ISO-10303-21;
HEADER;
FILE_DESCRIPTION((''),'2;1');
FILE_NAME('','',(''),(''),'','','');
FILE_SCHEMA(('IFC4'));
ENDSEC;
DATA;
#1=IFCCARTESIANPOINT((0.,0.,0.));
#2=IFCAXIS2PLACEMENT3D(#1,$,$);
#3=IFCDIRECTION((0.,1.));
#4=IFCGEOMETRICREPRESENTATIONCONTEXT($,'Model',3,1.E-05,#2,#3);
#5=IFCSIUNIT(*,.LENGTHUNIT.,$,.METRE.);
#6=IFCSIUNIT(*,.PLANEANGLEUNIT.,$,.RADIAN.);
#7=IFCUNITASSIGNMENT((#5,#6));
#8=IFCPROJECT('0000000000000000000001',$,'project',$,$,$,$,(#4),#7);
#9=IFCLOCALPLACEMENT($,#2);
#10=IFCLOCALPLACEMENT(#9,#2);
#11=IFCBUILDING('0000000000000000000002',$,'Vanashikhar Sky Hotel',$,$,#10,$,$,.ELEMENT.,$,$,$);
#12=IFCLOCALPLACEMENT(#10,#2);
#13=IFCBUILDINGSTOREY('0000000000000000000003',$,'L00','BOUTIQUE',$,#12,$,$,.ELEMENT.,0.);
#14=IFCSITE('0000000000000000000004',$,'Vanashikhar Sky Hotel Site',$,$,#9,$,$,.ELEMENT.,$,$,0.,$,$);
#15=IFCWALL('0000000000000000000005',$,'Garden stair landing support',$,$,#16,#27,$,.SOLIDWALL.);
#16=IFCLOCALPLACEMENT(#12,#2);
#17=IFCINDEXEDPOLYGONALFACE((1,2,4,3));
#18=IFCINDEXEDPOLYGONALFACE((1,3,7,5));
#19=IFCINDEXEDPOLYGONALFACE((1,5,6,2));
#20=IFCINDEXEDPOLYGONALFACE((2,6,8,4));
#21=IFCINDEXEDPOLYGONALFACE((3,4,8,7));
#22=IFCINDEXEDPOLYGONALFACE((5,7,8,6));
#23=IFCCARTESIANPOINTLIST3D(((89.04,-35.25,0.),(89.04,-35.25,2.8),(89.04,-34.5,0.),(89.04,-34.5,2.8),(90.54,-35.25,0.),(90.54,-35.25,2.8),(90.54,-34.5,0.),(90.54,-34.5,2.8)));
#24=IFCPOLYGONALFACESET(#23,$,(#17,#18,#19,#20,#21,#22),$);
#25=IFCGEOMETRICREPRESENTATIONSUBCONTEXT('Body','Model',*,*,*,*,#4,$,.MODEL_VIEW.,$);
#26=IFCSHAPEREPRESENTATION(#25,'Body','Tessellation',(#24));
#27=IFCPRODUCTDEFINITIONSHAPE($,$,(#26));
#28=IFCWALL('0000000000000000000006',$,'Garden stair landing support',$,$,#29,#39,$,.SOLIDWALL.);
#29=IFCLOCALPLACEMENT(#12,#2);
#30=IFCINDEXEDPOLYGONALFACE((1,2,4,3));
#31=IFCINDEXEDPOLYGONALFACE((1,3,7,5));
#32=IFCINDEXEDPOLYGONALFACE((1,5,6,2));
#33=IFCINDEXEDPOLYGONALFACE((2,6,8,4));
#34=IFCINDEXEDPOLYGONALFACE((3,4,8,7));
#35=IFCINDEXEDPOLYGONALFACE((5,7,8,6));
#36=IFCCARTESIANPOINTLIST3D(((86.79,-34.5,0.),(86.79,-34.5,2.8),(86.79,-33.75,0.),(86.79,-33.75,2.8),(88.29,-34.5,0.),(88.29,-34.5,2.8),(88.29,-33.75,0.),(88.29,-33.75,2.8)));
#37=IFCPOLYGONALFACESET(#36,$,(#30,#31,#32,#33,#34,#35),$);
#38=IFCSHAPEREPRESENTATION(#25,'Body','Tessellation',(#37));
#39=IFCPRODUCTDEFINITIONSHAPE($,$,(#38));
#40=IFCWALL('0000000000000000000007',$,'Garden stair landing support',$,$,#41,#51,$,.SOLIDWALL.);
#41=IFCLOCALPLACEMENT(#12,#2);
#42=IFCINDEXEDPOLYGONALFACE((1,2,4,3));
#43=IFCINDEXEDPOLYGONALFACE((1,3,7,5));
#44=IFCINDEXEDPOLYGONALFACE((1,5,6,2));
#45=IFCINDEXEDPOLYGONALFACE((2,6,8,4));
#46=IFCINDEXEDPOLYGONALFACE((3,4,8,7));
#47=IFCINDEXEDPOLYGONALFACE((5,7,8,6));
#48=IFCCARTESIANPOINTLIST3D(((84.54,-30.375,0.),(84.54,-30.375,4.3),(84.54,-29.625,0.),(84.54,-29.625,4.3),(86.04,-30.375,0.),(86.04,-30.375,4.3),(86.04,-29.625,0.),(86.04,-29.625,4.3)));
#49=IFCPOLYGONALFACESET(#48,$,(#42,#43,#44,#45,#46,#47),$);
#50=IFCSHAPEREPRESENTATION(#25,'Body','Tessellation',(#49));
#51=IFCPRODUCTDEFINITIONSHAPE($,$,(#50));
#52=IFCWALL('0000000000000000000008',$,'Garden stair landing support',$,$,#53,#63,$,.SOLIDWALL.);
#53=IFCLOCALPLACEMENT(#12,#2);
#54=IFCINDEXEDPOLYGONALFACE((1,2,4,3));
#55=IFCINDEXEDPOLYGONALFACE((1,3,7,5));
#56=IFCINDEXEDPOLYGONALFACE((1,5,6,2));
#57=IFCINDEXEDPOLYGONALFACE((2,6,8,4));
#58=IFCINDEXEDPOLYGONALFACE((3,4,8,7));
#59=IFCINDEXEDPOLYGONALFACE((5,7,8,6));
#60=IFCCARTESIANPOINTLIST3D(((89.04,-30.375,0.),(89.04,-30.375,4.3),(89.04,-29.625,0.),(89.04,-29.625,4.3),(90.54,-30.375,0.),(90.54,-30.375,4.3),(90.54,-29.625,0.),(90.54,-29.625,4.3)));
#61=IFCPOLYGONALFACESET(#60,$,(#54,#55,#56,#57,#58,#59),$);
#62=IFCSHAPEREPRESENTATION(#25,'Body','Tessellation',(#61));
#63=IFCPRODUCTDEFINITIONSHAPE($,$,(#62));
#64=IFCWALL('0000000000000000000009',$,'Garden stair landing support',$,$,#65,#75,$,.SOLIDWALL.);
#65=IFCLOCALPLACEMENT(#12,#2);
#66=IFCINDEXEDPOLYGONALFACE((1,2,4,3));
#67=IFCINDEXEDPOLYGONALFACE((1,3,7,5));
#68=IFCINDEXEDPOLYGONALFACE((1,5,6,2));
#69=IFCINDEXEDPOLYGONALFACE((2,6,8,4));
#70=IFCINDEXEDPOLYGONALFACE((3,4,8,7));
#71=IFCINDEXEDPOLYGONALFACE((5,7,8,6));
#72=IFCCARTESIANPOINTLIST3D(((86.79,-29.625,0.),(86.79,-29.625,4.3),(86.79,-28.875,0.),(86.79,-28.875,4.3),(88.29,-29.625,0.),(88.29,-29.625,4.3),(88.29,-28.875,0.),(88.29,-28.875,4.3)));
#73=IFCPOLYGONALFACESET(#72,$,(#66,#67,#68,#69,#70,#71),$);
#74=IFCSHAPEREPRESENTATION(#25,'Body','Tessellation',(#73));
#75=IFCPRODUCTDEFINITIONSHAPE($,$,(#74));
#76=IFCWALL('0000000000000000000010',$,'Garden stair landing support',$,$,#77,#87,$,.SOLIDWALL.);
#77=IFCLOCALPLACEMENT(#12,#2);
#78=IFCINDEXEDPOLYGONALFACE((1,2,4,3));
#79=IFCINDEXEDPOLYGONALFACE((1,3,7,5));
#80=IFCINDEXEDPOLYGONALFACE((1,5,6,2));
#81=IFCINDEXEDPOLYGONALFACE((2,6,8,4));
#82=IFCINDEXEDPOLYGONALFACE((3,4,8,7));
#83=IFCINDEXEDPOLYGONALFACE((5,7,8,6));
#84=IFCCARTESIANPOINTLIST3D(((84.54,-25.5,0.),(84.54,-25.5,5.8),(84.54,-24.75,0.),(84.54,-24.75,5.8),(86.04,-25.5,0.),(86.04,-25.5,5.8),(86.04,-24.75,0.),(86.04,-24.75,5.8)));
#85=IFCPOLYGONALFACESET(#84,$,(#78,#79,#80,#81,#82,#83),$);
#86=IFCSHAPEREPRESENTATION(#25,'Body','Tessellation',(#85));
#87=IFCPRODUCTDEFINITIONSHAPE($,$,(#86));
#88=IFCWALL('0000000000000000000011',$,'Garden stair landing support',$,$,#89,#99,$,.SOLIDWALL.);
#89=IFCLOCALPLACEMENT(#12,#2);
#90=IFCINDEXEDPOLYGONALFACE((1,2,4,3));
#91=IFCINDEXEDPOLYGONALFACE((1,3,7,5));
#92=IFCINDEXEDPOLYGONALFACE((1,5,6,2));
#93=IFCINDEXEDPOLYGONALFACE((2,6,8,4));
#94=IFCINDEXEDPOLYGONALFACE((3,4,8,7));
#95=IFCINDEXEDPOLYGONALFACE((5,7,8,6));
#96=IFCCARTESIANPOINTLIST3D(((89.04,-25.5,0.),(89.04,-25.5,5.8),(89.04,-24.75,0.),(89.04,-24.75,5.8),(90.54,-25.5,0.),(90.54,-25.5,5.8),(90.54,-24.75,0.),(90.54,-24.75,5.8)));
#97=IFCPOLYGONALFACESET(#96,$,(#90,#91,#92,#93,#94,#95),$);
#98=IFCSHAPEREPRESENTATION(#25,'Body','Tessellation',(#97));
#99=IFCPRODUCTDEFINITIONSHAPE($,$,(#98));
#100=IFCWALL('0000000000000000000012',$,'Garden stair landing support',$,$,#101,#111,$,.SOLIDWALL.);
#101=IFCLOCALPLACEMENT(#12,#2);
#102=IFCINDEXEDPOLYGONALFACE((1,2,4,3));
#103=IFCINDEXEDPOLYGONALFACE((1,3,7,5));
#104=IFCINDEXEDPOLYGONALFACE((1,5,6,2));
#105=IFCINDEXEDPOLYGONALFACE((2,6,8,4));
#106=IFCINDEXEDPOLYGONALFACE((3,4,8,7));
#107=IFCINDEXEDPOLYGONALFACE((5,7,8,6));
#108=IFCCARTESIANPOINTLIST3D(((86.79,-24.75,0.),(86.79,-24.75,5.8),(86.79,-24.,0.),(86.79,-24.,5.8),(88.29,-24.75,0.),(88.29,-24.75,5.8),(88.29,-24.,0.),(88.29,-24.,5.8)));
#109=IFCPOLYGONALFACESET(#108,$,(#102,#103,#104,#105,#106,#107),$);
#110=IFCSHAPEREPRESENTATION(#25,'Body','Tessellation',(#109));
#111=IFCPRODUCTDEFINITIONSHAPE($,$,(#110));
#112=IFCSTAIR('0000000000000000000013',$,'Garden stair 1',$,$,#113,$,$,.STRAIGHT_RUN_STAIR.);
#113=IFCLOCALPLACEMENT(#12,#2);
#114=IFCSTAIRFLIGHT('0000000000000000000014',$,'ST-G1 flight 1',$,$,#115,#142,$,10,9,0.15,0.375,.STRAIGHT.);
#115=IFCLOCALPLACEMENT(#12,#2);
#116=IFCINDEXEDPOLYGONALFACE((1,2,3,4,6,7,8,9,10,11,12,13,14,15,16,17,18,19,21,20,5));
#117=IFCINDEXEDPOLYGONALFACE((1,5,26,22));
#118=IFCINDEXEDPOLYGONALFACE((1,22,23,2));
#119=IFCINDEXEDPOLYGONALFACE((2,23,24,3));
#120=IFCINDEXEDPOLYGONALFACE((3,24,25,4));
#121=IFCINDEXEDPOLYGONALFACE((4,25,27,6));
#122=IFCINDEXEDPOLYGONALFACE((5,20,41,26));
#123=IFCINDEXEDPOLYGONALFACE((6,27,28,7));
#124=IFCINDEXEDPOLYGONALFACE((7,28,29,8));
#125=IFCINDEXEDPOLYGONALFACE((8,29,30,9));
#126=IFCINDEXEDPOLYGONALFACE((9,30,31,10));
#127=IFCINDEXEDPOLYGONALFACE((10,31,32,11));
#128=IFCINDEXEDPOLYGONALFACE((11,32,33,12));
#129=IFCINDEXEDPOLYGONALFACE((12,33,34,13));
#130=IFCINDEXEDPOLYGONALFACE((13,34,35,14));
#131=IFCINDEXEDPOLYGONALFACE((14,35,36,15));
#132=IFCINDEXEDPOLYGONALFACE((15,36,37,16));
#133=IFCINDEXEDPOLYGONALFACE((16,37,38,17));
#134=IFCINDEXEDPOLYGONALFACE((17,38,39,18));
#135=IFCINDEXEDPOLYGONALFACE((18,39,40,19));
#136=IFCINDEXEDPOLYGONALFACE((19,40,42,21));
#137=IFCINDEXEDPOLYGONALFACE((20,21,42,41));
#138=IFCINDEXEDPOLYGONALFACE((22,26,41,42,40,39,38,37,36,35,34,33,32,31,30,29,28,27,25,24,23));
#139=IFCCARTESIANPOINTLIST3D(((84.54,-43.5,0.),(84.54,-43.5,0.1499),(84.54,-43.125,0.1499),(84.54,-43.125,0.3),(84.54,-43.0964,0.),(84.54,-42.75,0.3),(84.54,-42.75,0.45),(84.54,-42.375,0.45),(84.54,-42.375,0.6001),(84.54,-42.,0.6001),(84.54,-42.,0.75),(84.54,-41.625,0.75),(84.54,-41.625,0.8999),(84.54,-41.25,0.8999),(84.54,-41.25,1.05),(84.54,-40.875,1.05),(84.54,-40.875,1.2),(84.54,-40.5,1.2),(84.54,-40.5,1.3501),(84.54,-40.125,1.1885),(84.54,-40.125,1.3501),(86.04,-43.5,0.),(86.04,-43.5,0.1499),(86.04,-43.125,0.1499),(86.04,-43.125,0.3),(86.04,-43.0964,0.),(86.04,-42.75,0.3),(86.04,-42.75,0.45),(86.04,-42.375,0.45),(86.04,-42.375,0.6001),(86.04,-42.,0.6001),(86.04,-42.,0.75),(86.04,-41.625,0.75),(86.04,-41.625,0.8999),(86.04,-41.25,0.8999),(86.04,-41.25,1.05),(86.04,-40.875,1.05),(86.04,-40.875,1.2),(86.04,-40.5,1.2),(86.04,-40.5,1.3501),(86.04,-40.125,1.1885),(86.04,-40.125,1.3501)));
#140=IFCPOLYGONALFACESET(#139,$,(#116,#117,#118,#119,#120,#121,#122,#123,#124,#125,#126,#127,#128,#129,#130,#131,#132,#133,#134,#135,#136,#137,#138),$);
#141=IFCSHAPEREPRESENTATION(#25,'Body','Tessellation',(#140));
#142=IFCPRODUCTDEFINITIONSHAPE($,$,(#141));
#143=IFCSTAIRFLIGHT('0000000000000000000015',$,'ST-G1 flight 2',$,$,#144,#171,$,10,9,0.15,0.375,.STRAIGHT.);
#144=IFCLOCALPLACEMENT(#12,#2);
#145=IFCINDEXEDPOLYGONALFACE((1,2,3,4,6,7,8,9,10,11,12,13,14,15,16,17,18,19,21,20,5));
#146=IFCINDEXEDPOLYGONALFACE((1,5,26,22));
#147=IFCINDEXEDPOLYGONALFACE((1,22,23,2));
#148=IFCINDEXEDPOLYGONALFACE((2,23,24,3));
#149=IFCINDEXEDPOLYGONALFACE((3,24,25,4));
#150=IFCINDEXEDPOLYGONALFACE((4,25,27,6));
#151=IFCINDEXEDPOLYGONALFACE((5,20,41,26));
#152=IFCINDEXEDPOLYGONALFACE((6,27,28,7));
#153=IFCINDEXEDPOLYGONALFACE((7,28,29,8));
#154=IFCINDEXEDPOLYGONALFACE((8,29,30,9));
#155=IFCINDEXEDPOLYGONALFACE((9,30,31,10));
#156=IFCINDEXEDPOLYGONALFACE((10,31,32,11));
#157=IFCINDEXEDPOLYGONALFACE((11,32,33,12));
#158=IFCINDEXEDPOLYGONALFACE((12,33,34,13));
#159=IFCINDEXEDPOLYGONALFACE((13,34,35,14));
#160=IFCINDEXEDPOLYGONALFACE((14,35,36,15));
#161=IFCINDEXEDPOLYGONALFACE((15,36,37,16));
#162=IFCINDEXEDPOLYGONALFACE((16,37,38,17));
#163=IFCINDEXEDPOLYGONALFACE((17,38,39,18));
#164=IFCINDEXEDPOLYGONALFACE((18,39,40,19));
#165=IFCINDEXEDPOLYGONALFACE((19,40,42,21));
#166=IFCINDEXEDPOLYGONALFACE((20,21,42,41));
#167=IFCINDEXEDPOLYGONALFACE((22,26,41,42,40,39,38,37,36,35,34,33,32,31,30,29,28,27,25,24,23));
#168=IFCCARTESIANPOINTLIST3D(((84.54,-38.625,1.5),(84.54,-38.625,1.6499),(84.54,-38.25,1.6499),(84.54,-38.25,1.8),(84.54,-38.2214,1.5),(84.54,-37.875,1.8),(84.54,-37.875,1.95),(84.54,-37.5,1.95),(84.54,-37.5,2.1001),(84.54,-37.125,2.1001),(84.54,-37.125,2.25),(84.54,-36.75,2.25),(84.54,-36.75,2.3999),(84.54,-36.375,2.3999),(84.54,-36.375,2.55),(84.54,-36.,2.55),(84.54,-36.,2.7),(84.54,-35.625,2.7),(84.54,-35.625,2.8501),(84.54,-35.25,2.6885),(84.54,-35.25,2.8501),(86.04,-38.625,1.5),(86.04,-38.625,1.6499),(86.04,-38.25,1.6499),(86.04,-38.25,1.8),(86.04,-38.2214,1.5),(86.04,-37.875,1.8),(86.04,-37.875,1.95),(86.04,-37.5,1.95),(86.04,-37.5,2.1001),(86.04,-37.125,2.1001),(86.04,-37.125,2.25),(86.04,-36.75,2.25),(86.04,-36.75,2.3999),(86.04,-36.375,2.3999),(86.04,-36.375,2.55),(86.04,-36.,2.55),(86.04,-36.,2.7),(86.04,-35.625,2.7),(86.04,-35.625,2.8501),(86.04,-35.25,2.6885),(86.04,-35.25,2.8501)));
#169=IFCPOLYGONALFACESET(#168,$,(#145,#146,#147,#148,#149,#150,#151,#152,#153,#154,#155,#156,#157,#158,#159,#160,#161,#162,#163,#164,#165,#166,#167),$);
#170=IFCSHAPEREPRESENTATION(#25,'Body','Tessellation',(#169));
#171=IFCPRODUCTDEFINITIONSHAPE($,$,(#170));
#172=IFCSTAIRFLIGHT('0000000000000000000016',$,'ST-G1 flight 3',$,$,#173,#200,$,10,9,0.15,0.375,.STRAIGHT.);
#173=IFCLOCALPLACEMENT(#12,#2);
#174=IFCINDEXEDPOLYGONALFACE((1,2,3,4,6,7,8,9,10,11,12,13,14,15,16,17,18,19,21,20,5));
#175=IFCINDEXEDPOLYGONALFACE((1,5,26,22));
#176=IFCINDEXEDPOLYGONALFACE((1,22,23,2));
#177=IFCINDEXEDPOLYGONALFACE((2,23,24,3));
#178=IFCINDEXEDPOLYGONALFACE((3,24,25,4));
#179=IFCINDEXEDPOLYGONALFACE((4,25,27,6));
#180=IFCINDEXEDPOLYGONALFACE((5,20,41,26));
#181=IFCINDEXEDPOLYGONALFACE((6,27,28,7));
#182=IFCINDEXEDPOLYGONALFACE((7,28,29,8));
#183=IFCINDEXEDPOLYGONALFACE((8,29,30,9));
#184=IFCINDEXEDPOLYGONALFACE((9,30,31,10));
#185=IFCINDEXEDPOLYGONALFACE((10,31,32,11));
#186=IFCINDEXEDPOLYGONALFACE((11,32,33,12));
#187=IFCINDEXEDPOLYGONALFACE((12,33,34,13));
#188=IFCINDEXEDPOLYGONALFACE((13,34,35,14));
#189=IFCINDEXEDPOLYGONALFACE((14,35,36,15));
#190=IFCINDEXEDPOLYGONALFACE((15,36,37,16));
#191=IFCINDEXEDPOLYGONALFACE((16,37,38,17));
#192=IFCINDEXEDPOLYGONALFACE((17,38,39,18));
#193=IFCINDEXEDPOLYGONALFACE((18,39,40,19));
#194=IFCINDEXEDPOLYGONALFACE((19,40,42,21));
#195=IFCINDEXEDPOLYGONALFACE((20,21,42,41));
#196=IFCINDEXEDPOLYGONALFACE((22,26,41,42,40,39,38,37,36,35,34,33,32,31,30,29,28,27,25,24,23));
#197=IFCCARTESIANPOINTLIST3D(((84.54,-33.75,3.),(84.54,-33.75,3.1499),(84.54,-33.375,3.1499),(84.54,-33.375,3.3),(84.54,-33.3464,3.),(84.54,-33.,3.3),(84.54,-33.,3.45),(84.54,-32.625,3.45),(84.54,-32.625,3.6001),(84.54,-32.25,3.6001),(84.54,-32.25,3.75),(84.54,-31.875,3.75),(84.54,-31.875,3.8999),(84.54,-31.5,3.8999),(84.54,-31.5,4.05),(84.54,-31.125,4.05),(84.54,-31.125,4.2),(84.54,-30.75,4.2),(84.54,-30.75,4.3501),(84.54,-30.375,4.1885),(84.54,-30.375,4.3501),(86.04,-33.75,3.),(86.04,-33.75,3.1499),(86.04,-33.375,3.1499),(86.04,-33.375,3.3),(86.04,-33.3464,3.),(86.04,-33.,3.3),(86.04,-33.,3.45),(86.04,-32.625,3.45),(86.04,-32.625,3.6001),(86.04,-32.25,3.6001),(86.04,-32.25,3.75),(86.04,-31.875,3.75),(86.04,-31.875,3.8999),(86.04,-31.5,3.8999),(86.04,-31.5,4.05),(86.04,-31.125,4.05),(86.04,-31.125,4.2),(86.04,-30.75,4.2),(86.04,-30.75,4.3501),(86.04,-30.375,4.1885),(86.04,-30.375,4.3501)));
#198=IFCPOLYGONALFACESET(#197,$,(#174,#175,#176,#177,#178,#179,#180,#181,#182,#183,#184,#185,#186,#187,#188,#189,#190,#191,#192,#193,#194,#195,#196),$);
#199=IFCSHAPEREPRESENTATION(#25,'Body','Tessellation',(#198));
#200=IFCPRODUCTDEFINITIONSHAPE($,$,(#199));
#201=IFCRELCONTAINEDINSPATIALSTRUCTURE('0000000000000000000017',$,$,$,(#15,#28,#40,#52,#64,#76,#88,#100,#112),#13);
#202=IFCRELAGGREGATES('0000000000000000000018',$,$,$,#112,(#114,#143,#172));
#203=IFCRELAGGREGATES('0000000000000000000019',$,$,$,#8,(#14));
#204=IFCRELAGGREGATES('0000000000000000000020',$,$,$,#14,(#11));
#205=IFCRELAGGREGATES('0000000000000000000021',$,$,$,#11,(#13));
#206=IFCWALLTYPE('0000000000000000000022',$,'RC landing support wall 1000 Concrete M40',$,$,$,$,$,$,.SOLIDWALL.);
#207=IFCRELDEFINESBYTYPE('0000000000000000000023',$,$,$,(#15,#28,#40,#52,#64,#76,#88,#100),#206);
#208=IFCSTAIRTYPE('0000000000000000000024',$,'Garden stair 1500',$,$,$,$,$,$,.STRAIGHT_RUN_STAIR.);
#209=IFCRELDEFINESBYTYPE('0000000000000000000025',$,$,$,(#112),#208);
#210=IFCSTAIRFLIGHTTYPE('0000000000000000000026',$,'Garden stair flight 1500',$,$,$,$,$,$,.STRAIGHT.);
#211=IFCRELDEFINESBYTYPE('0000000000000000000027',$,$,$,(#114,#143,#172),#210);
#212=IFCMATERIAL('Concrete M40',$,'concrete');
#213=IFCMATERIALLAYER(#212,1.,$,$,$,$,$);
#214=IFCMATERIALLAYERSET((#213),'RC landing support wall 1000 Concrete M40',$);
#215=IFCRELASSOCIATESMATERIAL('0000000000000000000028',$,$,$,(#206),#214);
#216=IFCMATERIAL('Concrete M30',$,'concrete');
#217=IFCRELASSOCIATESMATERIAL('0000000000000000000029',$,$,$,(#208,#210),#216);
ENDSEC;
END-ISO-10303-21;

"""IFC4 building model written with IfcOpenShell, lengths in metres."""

from ifc_helpers import new_model, si_unit, direction, frame, frame_2d, origin, place, context, subcontext, project, spatial, polyline, rectangle, outline, extrude, source, transform, mapped, material, layer, layer_set, type_object, element, aggregate, save


model = new_model("IFC4")

# Units and contexts
model_context = context("Model", 3, precision=1e-05, world=origin(), true_north=direction((0.0, 1.0)))
body_context = subcontext(model_context, "Body", "Model", "MODEL_VIEW")
ifc_project = project(units=[si_unit("LENGTHUNIT", "METRE"), si_unit("PLANEANGLEUNIT", "RADIAN")], contexts=[model_context])

# Site, building, storey
site_placement = place(None, origin())
site = spatial("IfcSite", under=ifc_project, at=site_placement, Name="Vanashikhar Sky Hotel Site", CompositionType="ELEMENT", RefElevation=0.0)
building_placement = place(site_placement, origin())
building = spatial("IfcBuilding", under=site, at=building_placement, Name="Vanashikhar Sky Hotel", CompositionType="ELEMENT")
storey_placement = place(building_placement, origin())
storey = spatial("IfcBuildingStorey", under=building, at=storey_placement, Name="L00", Description="BOUTIQUE", CompositionType="ELEMENT", Elevation=0.0)

# Shared definitions
ifc_material_1 = material(Name="Concrete M40", Category="concrete")

# Walls
ifc_layer = layer(ifc_material_1, 1.0)
ifc_layer_set = layer_set([ifc_layer], Name="RC landing support wall 1000 Concrete M40")
wall_type = type_object("IfcWallType", Name="RC landing support wall 1000 Concrete M40", PredefinedType="SOLIDWALL", material=ifc_layer_set)
shared_shape_1 = source(origin(), body_context, "Body", "SweptSolid", [
    extrude(rectangle(XDim=1.5, YDim=0.75, at=frame_2d((0.75, 0.0))), origin(), (0.0, 0.0, 1.0), 2.8),
])
for number, where, z_axis, x_axis, name in (
    (1, (89.04, -34.875, 0.0), (0.0, 0.0, 1.0), (1.0, 0.0, 0.0), "Garden stair landing support"),
    (2, (86.79, -34.125, 0.0), (0.0, 0.0, 1.0), (1.0, 0.0, 0.0), "Garden stair landing support"),
):
    element("IfcWall", number, at=place(storey_placement, frame(where, z_axis=z_axis, x_axis=x_axis)), inside=storey, type_object=wall_type, Name=name, PredefinedType="SOLIDWALL", context=body_context, shape_type="MappedRepresentation", body=[
        mapped(shared_shape_1, transform((0.0, 0.0, 0.0), scale=1.0)),
    ])
shared_shape_2 = source(origin(), body_context, "Body", "SweptSolid", [
    extrude(rectangle(XDim=1.5, YDim=0.75, at=frame_2d((0.75, 0.0))), origin(), (0.0, 0.0, 1.0), 4.3),
])
for number, where, z_axis, x_axis, name in (
    (3, (84.54, -30.0, 0.0), (0.0, 0.0, 1.0), (1.0, 0.0, 0.0), "Garden stair landing support"),
    (4, (89.04, -30.0, 0.0), (0.0, 0.0, 1.0), (1.0, 0.0, 0.0), "Garden stair landing support"),
    (5, (86.79, -29.25, 0.0), (0.0, 0.0, 1.0), (1.0, 0.0, 0.0), "Garden stair landing support"),
):
    element("IfcWall", number, at=place(storey_placement, frame(where, z_axis=z_axis, x_axis=x_axis)), inside=storey, type_object=wall_type, Name=name, PredefinedType="SOLIDWALL", context=body_context, shape_type="MappedRepresentation", body=[
        mapped(shared_shape_2, transform((0.0, 0.0, 0.0), scale=1.0)),
    ])
shared_shape_3 = source(origin(), body_context, "Body", "SweptSolid", [
    extrude(rectangle(XDim=1.5, YDim=0.75, at=frame_2d((0.75, 0.0))), origin(), (0.0, 0.0, 1.0), 5.8),
])
for number, where, z_axis, x_axis, name in (
    (6, (84.54, -25.125, 0.0), (0.0, 0.0, 1.0), (1.0, 0.0, 0.0), "Garden stair landing support"),
    (7, (89.04, -25.125, 0.0), (0.0, 0.0, 1.0), (1.0, 0.0, 0.0), "Garden stair landing support"),
    (8, (86.79, -24.375, 0.0), (0.0, 0.0, 1.0), (1.0, 0.0, 0.0), "Garden stair landing support"),
):
    element("IfcWall", number, at=place(storey_placement, frame(where, z_axis=z_axis, x_axis=x_axis)), inside=storey, type_object=wall_type, Name=name, PredefinedType="SOLIDWALL", context=body_context, shape_type="MappedRepresentation", body=[
        mapped(shared_shape_3, transform((0.0, 0.0, 0.0), scale=1.0)),
    ])

# Stair, stair flights
ifc_material_2 = material(Name="Concrete M30", Category="concrete")
stair_type = type_object("IfcStairType", Name="Garden stair 1500", PredefinedType="STRAIGHT_RUN_STAIR", material=ifc_material_2)
stair_1_placement = place(storey_placement, origin())
stair_1 = element("IfcStair", 9, at=stair_1_placement, inside=storey, type_object=stair_type, Name="Garden stair 1", PredefinedType="STRAIGHT_RUN_STAIR")
stair_flight_type = type_object("IfcStairFlightType", Name="Garden stair flight 1500", PredefinedType="STRAIGHT", material=ifc_material_2)
shared_shape_4 = source(origin(), body_context, "Body", "SweptSolid", [
    extrude(outline(polyline([(0.0, 0.0), (0.0, 0.1499), (0.375, 0.1499), (0.375, 0.3), (0.75, 0.3), (0.75, 0.45), (1.125, 0.45), (1.125, 0.6001), (1.5, 0.6001), (1.5, 0.75), (1.875, 0.75), (1.875, 0.8999), (2.25, 0.8999), (2.25, 1.05), (2.625, 1.05), (2.625, 1.2), (3.0, 1.2), (3.0, 1.3501), (3.375, 1.3501), (3.375, 1.5), (3.375, 1.1885), (0.4036, 0.0), (0.0, 0.0)])), frame((0.0, 0.75, 0.0), z_axis=(0.0, -1.0, 0.0), x_axis=(1.0, 0.0, 0.0)), (0.0, 0.0, 1.0), 1.5),
])
stair_flight_1_placement = place(storey_placement, frame((85.29, -43.5, 0.0), z_axis=(0.0, 0.0, 1.0), x_axis=(0.0, 1.0, 0.0)))
stair_flight_1 = element("IfcStairFlight", 10, at=stair_flight_1_placement, type_object=stair_flight_type, Name="ST-G1 flight 1", NumberOfRisers=10, NumberOfTreads=9, PredefinedType="STRAIGHT", RiserHeight=0.15, TreadLength=0.375, context=body_context, shape_type="MappedRepresentation", body=[
    mapped(shared_shape_4, transform((0.0, 0.0, 0.0), scale=1.0)),
])
stair_flight_2_placement = place(storey_placement, frame((85.29, -38.625, 1.5), z_axis=(0.0, 0.0, 1.0), x_axis=(0.0, 1.0, 0.0)))
stair_flight_2 = element("IfcStairFlight", 11, at=stair_flight_2_placement, type_object=stair_flight_type, Name="ST-G1 flight 2", NumberOfRisers=10, NumberOfTreads=9, PredefinedType="STRAIGHT", RiserHeight=0.15, TreadLength=0.375, context=body_context, shape_type="MappedRepresentation", body=[
    mapped(shared_shape_4, transform((0.0, 0.0, 0.0), scale=1.0)),
])
stair_flight_3_placement = place(storey_placement, frame((85.29, -33.75, 3.0), z_axis=(0.0, 0.0, 1.0), x_axis=(0.0, 1.0, 0.0)))
stair_flight_3 = element("IfcStairFlight", 12, at=stair_flight_3_placement, type_object=stair_flight_type, Name="ST-G1 flight 3", NumberOfRisers=10, NumberOfTreads=9, PredefinedType="STRAIGHT", RiserHeight=0.15, TreadLength=0.375, context=body_context, shape_type="MappedRepresentation", body=[
    mapped(shared_shape_4, transform((0.0, 0.0, 0.0), scale=1.0)),
])
aggregate(stair_1, [stair_flight_1, stair_flight_2, stair_flight_3])

save(model, "model.ifc")
